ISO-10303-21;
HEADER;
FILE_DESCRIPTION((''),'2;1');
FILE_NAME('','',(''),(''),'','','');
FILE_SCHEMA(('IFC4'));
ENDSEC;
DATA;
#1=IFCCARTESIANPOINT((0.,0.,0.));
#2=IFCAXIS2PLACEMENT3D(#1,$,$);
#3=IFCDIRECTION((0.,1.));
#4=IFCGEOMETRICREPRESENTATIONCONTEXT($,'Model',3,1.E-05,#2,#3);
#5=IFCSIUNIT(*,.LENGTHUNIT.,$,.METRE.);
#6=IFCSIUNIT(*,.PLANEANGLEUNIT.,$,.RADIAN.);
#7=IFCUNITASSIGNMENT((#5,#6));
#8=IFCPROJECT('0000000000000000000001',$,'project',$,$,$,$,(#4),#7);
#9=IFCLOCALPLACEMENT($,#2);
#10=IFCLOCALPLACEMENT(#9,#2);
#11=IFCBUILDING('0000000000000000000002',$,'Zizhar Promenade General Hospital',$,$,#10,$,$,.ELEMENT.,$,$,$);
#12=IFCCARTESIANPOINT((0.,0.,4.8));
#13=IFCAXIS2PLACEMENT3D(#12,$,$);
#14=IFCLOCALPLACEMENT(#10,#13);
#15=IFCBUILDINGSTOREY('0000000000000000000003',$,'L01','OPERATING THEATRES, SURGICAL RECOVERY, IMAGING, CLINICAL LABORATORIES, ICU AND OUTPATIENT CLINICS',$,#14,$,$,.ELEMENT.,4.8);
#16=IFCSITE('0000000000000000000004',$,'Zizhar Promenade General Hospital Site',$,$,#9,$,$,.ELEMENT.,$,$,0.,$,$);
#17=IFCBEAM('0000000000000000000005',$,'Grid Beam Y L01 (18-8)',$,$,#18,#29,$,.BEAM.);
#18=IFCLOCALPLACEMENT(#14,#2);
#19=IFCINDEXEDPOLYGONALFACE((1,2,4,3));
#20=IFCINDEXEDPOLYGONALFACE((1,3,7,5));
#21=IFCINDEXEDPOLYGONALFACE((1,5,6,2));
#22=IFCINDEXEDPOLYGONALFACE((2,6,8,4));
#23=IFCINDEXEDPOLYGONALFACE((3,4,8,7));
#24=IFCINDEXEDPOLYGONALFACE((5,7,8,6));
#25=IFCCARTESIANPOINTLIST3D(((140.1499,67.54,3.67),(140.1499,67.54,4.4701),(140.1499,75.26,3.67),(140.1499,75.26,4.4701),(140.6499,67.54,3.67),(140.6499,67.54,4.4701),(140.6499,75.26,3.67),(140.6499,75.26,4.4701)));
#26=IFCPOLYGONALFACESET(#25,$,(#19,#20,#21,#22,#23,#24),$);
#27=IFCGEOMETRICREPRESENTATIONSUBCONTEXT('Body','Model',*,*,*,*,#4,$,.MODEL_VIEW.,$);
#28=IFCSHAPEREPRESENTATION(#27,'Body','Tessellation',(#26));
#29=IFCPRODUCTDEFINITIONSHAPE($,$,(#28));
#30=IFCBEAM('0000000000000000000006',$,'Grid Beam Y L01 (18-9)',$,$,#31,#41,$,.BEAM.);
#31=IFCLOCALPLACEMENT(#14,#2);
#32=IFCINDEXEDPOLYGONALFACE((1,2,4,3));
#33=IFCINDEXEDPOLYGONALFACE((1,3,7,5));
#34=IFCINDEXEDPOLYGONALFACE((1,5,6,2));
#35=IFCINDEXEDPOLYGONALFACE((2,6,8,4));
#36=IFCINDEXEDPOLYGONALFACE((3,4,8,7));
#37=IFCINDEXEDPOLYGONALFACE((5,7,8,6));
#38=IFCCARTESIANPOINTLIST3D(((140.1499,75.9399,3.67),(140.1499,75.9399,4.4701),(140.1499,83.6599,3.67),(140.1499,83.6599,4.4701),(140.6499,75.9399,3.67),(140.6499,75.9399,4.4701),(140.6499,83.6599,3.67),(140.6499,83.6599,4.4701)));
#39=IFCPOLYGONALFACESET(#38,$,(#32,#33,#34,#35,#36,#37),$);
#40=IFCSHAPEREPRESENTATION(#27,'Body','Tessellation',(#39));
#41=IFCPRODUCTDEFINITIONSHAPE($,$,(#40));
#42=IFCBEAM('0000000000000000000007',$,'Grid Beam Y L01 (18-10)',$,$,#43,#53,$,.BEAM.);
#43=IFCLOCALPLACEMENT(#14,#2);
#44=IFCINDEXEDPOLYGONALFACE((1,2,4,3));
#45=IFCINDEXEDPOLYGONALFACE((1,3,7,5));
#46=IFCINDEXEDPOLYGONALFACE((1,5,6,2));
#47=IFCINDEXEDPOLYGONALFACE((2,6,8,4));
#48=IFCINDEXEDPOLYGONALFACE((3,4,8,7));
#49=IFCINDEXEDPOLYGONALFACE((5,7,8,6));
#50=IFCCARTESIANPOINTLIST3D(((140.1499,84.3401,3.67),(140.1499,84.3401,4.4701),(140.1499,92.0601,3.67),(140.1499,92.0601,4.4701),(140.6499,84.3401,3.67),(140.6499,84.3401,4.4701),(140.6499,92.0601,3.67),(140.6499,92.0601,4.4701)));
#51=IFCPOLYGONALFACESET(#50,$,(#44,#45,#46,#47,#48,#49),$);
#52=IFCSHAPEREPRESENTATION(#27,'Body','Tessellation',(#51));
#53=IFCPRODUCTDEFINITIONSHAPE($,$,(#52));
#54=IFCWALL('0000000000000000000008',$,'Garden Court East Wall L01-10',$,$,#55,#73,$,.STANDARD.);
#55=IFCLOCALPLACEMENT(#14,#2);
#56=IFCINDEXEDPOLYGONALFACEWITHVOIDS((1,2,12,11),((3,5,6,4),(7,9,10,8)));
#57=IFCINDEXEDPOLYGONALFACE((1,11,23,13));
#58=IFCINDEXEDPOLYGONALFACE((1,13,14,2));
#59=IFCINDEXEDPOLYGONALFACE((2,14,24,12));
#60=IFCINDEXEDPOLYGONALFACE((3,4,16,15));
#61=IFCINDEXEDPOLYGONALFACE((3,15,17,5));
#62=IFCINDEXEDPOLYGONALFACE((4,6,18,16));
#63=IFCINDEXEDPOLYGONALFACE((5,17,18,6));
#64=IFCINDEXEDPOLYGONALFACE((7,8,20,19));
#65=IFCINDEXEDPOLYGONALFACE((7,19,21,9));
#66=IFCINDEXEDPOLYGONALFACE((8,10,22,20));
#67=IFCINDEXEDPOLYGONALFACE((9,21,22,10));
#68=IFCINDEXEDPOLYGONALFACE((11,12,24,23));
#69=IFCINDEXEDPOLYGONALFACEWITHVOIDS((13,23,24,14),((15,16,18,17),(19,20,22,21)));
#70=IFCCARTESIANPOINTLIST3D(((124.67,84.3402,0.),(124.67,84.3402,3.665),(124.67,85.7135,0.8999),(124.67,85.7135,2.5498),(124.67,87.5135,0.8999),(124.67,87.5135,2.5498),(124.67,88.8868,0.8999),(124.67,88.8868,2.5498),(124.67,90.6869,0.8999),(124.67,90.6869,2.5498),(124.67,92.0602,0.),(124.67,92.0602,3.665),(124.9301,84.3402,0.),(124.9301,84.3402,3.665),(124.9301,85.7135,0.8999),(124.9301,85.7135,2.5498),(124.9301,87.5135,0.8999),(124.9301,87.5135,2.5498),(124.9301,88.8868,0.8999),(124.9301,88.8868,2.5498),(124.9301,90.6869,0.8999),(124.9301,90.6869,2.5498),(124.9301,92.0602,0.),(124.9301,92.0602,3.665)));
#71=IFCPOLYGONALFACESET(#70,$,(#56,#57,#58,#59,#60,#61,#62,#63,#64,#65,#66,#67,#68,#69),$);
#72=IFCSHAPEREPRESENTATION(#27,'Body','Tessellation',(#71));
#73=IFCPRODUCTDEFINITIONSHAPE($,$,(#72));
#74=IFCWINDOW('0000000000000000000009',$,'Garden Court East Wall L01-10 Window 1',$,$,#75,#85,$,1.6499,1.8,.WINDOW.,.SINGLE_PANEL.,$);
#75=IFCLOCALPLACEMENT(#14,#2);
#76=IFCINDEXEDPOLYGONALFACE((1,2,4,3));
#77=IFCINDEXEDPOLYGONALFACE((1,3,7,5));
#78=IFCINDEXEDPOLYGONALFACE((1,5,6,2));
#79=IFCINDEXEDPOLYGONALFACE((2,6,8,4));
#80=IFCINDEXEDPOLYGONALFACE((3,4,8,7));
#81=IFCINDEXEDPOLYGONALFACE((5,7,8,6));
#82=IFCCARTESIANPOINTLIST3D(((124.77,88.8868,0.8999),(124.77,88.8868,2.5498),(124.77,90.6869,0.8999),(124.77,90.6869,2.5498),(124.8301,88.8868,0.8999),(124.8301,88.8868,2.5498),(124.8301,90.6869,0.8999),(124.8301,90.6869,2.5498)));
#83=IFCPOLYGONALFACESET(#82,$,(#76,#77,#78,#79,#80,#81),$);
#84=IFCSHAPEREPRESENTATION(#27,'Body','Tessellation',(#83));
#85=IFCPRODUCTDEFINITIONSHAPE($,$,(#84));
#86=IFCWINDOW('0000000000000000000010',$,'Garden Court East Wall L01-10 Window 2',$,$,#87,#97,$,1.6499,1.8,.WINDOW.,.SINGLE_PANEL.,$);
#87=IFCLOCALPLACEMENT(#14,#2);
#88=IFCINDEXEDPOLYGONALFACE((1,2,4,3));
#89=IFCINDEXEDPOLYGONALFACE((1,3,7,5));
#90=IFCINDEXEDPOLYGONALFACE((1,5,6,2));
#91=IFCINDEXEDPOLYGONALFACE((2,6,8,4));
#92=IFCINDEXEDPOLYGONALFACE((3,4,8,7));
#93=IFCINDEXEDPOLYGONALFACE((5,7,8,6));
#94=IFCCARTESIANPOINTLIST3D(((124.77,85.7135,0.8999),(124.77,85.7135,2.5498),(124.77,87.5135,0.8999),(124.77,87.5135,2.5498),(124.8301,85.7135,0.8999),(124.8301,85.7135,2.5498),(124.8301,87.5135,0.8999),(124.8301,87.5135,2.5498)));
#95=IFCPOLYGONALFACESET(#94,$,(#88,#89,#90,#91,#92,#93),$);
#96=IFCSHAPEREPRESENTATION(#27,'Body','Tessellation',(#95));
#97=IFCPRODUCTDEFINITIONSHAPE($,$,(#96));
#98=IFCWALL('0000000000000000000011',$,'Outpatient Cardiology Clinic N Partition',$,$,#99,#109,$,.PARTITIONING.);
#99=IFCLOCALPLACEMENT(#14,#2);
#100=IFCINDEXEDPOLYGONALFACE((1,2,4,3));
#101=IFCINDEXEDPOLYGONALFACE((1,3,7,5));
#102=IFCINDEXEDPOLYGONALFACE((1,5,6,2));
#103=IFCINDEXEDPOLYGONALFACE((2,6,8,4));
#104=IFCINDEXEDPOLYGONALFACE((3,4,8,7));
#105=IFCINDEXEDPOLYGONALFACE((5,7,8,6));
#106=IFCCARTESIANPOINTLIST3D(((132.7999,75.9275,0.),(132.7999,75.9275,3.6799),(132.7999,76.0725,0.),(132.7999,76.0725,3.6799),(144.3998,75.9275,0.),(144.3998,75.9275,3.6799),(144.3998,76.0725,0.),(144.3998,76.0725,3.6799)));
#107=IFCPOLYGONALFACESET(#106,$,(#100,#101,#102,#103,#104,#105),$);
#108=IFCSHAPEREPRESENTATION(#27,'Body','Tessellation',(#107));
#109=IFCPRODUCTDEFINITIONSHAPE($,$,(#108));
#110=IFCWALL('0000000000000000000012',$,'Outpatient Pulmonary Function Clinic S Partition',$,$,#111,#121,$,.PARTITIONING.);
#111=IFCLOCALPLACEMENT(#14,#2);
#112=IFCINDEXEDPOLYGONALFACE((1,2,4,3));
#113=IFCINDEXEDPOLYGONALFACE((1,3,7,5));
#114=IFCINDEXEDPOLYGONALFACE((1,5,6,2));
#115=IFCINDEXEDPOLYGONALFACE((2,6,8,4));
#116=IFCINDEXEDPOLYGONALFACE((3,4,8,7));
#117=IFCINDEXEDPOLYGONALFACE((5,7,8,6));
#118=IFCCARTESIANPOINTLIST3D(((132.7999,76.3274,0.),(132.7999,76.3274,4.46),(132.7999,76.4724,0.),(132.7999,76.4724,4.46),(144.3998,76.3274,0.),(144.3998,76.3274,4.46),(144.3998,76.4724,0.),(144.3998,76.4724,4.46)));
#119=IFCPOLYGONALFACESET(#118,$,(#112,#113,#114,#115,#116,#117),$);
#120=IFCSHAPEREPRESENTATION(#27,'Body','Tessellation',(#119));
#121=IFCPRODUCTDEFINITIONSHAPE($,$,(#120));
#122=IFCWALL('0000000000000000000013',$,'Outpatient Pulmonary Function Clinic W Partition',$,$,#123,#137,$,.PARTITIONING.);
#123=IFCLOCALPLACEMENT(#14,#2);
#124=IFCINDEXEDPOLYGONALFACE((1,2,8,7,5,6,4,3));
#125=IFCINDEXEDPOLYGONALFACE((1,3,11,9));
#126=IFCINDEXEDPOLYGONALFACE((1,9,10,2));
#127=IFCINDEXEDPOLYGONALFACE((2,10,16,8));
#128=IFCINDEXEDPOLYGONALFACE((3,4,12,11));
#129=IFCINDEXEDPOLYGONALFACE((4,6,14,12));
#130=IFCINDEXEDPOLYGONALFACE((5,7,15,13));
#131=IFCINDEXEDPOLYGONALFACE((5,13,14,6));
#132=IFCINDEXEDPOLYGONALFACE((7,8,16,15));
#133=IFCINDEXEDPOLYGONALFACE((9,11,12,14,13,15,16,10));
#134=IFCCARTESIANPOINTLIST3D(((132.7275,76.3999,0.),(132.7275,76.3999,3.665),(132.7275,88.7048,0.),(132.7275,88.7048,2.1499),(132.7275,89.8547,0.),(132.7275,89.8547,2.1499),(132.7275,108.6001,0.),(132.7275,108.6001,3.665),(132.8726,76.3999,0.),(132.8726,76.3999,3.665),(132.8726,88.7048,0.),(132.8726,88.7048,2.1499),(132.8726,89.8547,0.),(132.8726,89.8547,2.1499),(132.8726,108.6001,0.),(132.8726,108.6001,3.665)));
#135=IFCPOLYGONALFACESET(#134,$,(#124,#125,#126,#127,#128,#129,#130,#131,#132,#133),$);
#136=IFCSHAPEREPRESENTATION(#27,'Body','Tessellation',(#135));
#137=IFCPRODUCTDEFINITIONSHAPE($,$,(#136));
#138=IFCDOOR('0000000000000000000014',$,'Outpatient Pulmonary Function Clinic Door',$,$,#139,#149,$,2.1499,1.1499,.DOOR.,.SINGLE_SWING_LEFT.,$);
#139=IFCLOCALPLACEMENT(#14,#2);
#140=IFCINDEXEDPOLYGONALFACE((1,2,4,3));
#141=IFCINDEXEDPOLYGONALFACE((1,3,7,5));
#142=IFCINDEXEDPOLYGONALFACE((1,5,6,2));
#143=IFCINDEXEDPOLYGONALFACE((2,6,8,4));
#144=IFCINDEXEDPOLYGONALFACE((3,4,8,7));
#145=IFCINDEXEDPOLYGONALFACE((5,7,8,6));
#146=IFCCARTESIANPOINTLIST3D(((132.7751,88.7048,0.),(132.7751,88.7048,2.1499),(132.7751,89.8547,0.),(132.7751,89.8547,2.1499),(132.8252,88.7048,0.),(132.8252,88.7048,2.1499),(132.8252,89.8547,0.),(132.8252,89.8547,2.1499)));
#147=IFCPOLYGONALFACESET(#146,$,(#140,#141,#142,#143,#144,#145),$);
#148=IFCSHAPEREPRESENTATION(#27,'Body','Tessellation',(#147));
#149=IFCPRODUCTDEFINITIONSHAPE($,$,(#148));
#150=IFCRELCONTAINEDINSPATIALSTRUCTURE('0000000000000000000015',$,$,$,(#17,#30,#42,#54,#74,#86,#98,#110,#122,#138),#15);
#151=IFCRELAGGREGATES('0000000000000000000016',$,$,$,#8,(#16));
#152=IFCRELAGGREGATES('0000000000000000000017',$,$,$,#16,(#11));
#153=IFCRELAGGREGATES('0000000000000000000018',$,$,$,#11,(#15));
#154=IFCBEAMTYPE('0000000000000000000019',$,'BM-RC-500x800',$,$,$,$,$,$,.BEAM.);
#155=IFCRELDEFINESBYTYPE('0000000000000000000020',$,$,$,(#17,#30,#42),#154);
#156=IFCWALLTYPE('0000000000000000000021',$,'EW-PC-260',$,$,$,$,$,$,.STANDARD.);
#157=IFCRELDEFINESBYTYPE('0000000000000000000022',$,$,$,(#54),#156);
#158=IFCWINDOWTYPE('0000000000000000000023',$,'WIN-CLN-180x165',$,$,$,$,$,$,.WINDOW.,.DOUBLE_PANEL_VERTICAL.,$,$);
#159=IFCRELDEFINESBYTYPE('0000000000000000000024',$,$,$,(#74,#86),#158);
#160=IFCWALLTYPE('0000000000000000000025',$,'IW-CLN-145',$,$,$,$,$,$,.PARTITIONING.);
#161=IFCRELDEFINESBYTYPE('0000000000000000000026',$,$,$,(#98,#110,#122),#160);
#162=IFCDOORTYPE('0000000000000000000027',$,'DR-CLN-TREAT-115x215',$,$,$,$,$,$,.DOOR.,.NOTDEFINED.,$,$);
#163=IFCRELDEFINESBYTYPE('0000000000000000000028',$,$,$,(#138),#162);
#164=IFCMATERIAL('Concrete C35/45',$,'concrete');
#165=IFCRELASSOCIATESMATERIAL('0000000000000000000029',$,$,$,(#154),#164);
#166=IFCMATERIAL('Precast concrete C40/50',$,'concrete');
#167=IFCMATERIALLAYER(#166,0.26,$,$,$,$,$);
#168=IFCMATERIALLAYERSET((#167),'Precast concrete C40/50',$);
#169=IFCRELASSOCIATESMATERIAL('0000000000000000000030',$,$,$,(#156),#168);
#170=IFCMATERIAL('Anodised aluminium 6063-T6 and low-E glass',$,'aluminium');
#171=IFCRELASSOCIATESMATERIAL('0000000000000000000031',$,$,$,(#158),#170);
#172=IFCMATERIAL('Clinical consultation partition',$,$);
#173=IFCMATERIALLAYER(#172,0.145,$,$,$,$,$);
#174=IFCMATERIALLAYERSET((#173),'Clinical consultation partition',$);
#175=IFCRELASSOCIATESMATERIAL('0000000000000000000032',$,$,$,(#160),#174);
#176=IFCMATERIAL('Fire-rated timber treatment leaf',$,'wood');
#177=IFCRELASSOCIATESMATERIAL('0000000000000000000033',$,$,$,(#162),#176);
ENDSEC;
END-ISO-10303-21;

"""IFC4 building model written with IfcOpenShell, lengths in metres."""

from ifc_helpers import new_model, si_unit, direction, frame, frame_2d, origin, origin_2d, place, context, subcontext, project, spatial, rectangle, extrude, material, layer, layer_set, material_profile, profile_set, type_object, element, fill, save


model = new_model("IFC4")

# Units and contexts
model_context = context("Model", 3, precision=1e-05, world=origin(), true_north=direction((0.0, 1.0)))
body_context = subcontext(model_context, "Body", "Model", "MODEL_VIEW")
ifc_project = project(units=[si_unit("LENGTHUNIT", "METRE"), si_unit("PLANEANGLEUNIT", "RADIAN")], contexts=[model_context])

# Site, building, storey
site_placement = place(None, origin())
site = spatial("IfcSite", under=ifc_project, at=site_placement, Name="Zizhar Promenade General Hospital Site", CompositionType="ELEMENT", RefElevation=0.0)
building_placement = place(site_placement, origin())
building = spatial("IfcBuilding", under=site, at=building_placement, Name="Zizhar Promenade General Hospital", CompositionType="ELEMENT")
storey_placement = place(building_placement, frame((0.0, 0.0, 4.8)))
storey = spatial("IfcBuildingStorey", under=building, at=storey_placement, Name="L01", Description="OPERATING THEATRES, SURGICAL RECOVERY, IMAGING, CLINICAL LABORATORIES, ICU AND OUTPATIENT CLINICS", CompositionType="ELEMENT", Elevation=4.8)

# Beams
ifc_material_1 = material(Name="Concrete C35/45", Category="concrete")
ifc_material_profile_1 = material_profile(ifc_material_1, rectangle(XDim=0.5, YDim=0.8, at=origin_2d()))
ifc_profile_set_1 = profile_set([ifc_material_profile_1], Name="Concrete C35/45")
beam_type_1 = type_object("IfcBeamType", Name="BM-RC-500x800", PredefinedType="BEAM", material=ifc_profile_set_1)
for number, where, z_axis, x_axis, name in (
    (1, (140.3999, 67.54, 4.0701), (0.0, 1.0, 0.0), (-1.0, 0.0, 0.0), "Grid Beam Y L01 (18-8)"),
    (2, (140.3999, 75.9399, 4.0701), (0.0, 1.0, 0.0), (-1.0, 0.0, 0.0), "Grid Beam Y L01 (18-9)"),
    (3, (140.3999, 84.3401, 4.0701), (0.0, 1.0, 0.0), (-1.0, 0.0, 0.0), "Grid Beam Y L01 (18-10)"),
):
    element("IfcBeam", number, at=place(storey_placement, frame(where, z_axis=z_axis, x_axis=x_axis)), inside=storey, type_object=beam_type_1, Name=name, PredefinedType="BEAM", context=body_context, shape_type="SweptSolid", body=[
        extrude(rectangle(XDim=0.5, YDim=0.8, at=origin_2d()), origin(), (0.0, 0.0, 1.0), 7.72),
    ])

# Wall, openings, windows
ifc_material_2 = material(Name="Precast concrete C40/50", Category="concrete")
ifc_layer_1 = layer(ifc_material_2, 0.26)
ifc_layer_set_1 = layer_set([ifc_layer_1], Name="Precast concrete C40/50")
wall_type_1 = type_object("IfcWallType", Name="EW-PC-260", PredefinedType="STANDARD", material=ifc_layer_set_1)
wall_1_placement = place(storey_placement, frame((124.8, 92.0601, 0.0), z_axis=(0.0, 0.0, 1.0), x_axis=(0.0, -1.0, 0.0)))
wall_1 = element("IfcWall", 4, at=wall_1_placement, inside=storey, type_object=wall_type_1, Name="Garden Court East Wall L01-10", PredefinedType="STANDARD", context=body_context, shape_type="SweptSolid", body=[
    extrude(rectangle(XDim=7.72, YDim=0.26, at=frame_2d((3.8599, 0.0))), origin(), (0.0, 0.0, 1.0), 3.665),
])
opening_1_placement = place(wall_1_placement, frame((1.3733, 0.0, 0.8999)))
opening_1 = element("IfcOpeningElement", 5, at=opening_1_placement, cuts=wall_1, PredefinedType="OPENING", context=body_context, shape_type="SweptSolid", body=[
    extrude(rectangle(XDim=1.8, YDim=1.6499, at=frame_2d((0.8999, 0.825))), frame((0.0, 0.1401, 0.0), z_axis=(0.0, -1.0, 0.0), x_axis=(1.0, 0.0, 0.0)), (0.0, 0.0, 1.0), 0.28),
])
opening_2_placement = place(wall_1_placement, frame((4.5466, 0.0, 0.8999)))
opening_2 = element("IfcOpeningElement", 6, at=opening_2_placement, cuts=wall_1, PredefinedType="OPENING", context=body_context, shape_type="SweptSolid", body=[
    extrude(rectangle(XDim=1.8, YDim=1.6499, at=frame_2d((0.8999, 0.825))), frame((0.0, 0.1401, 0.0), z_axis=(0.0, -1.0, 0.0), x_axis=(1.0, 0.0, 0.0)), (0.0, 0.0, 1.0), 0.28),
])
ifc_material_3 = material(Name="Anodised aluminium 6063-T6 and low-E glass", Category="aluminium")
window_type = type_object("IfcWindowType", Name="WIN-CLN-180x165", PartitioningType="DOUBLE_PANEL_VERTICAL", PredefinedType="WINDOW", material=ifc_material_3)
window_1_placement = place(opening_1_placement, origin())
window_1 = element("IfcWindow", 7, at=window_1_placement, inside=storey, type_object=window_type, Name="Garden Court East Wall L01-10 Window 1", OverallHeight=1.6499, OverallWidth=1.8, PartitioningType="SINGLE_PANEL", PredefinedType="WINDOW", context=body_context, shape_type="SweptSolid", body=[
    extrude(rectangle(XDim=1.8, YDim=1.6499, at=frame_2d((0.8999, 0.825))), frame((0.0, 0.03, 0.0), z_axis=(0.0, -1.0, 0.0), x_axis=(1.0, 0.0, 0.0)), (0.0, 0.0, 1.0), 0.0601),
])
fill(opening_1, window_1)
window_2_placement = place(opening_2_placement, origin())
window_2 = element("IfcWindow", 8, at=window_2_placement, inside=storey, type_object=window_type, Name="Garden Court East Wall L01-10 Window 2", OverallHeight=1.6499, OverallWidth=1.8, PartitioningType="SINGLE_PANEL", PredefinedType="WINDOW", context=body_context, shape_type="SweptSolid", body=[
    extrude(rectangle(XDim=1.8, YDim=1.6499, at=frame_2d((0.8999, 0.825))), frame((0.0, 0.03, 0.0), z_axis=(0.0, -1.0, 0.0), x_axis=(1.0, 0.0, 0.0)), (0.0, 0.0, 1.0), 0.0601),
])
fill(opening_2, window_2)

# Walls
ifc_material_4 = material(Name="Clinical consultation partition")
ifc_layer_2 = layer(ifc_material_4, 0.145)
ifc_layer_set_2 = layer_set([ifc_layer_2], Name="Clinical consultation partition")
wall_type_2 = type_object("IfcWallType", Name="IW-CLN-145", PredefinedType="PARTITIONING", material=ifc_layer_set_2)
wall_2_placement = place(storey_placement, frame((132.8, 76.0, 0.0), z_axis=(0.0, 0.0, 1.0), x_axis=(1.0, 0.0, 0.0)))
element("IfcWall", 9, at=wall_2_placement, inside=storey, type_object=wall_type_2, Name="Outpatient Cardiology Clinic N Partition", PredefinedType="PARTITIONING", context=body_context, shape_type="SweptSolid", body=[
    extrude(rectangle(XDim=11.5999, YDim=0.145, at=frame_2d((5.7998, 0.0))), origin(), (0.0, 0.0, 1.0), 3.6799),
])
wall_3_placement = place(storey_placement, frame((132.8, 76.3999, 0.0), z_axis=(0.0, 0.0, 1.0), x_axis=(1.0, 0.0, 0.0)))
element("IfcWall", 10, at=wall_3_placement, inside=storey, type_object=wall_type_2, Name="Outpatient Pulmonary Function Clinic S Partition", PredefinedType="PARTITIONING", context=body_context, shape_type="SweptSolid", body=[
    extrude(rectangle(XDim=11.5999, YDim=0.145, at=frame_2d((5.7998, 0.0))), origin(), (0.0, 0.0, 1.0), 4.46),
])

# Wall, opening, door
wall_4_placement = place(storey_placement, frame((132.8, 76.3999, 0.0), z_axis=(0.0, 0.0, 1.0), x_axis=(0.0, 1.0, 0.0)))
wall_4 = element("IfcWall", 11, at=wall_4_placement, inside=storey, type_object=wall_type_2, Name="Outpatient Pulmonary Function Clinic W Partition", PredefinedType="PARTITIONING", context=body_context, shape_type="SweptSolid", body=[
    extrude(rectangle(XDim=32.2002, YDim=0.145, at=frame_2d((16.1001, 0.0))), origin(), (0.0, 0.0, 1.0), 3.665),
])
opening_3_placement = place(wall_4_placement, frame((12.3049, 0.0, 0.0)))
opening_3 = element("IfcOpeningElement", 12, at=opening_3_placement, cuts=wall_4, PredefinedType="OPENING", context=body_context, shape_type="SweptSolid", body=[
    extrude(rectangle(XDim=1.1499, YDim=2.1499, at=frame_2d((0.575, 1.075))), frame((0.0, 0.0825, 0.0), z_axis=(0.0, -1.0, 0.0), x_axis=(1.0, 0.0, 0.0)), (0.0, 0.0, 1.0), 0.165),
])
ifc_material_5 = material(Name="Fire-rated timber treatment leaf", Category="wood")
door_type = type_object("IfcDoorType", Name="DR-CLN-TREAT-115x215", OperationType="NOTDEFINED", PredefinedType="DOOR", material=ifc_material_5)
door_placement = place(opening_3_placement, origin())
door = element("IfcDoor", 13, at=door_placement, inside=storey, type_object=door_type, Name="Outpatient Pulmonary Function Clinic Door", OperationType="SINGLE_SWING_LEFT", OverallHeight=2.1499, OverallWidth=1.1499, PredefinedType="DOOR", context=body_context, shape_type="SweptSolid", body=[
    extrude(rectangle(XDim=1.1499, YDim=2.1499, at=frame_2d((0.575, 1.075))), frame((0.0, 0.0249, 0.0), z_axis=(0.0, -1.0, 0.0), x_axis=(1.0, 0.0, 0.0)), (0.0, 0.0, 1.0), 0.05),
])
fill(opening_3, door)

save(model, "model.ifc")
